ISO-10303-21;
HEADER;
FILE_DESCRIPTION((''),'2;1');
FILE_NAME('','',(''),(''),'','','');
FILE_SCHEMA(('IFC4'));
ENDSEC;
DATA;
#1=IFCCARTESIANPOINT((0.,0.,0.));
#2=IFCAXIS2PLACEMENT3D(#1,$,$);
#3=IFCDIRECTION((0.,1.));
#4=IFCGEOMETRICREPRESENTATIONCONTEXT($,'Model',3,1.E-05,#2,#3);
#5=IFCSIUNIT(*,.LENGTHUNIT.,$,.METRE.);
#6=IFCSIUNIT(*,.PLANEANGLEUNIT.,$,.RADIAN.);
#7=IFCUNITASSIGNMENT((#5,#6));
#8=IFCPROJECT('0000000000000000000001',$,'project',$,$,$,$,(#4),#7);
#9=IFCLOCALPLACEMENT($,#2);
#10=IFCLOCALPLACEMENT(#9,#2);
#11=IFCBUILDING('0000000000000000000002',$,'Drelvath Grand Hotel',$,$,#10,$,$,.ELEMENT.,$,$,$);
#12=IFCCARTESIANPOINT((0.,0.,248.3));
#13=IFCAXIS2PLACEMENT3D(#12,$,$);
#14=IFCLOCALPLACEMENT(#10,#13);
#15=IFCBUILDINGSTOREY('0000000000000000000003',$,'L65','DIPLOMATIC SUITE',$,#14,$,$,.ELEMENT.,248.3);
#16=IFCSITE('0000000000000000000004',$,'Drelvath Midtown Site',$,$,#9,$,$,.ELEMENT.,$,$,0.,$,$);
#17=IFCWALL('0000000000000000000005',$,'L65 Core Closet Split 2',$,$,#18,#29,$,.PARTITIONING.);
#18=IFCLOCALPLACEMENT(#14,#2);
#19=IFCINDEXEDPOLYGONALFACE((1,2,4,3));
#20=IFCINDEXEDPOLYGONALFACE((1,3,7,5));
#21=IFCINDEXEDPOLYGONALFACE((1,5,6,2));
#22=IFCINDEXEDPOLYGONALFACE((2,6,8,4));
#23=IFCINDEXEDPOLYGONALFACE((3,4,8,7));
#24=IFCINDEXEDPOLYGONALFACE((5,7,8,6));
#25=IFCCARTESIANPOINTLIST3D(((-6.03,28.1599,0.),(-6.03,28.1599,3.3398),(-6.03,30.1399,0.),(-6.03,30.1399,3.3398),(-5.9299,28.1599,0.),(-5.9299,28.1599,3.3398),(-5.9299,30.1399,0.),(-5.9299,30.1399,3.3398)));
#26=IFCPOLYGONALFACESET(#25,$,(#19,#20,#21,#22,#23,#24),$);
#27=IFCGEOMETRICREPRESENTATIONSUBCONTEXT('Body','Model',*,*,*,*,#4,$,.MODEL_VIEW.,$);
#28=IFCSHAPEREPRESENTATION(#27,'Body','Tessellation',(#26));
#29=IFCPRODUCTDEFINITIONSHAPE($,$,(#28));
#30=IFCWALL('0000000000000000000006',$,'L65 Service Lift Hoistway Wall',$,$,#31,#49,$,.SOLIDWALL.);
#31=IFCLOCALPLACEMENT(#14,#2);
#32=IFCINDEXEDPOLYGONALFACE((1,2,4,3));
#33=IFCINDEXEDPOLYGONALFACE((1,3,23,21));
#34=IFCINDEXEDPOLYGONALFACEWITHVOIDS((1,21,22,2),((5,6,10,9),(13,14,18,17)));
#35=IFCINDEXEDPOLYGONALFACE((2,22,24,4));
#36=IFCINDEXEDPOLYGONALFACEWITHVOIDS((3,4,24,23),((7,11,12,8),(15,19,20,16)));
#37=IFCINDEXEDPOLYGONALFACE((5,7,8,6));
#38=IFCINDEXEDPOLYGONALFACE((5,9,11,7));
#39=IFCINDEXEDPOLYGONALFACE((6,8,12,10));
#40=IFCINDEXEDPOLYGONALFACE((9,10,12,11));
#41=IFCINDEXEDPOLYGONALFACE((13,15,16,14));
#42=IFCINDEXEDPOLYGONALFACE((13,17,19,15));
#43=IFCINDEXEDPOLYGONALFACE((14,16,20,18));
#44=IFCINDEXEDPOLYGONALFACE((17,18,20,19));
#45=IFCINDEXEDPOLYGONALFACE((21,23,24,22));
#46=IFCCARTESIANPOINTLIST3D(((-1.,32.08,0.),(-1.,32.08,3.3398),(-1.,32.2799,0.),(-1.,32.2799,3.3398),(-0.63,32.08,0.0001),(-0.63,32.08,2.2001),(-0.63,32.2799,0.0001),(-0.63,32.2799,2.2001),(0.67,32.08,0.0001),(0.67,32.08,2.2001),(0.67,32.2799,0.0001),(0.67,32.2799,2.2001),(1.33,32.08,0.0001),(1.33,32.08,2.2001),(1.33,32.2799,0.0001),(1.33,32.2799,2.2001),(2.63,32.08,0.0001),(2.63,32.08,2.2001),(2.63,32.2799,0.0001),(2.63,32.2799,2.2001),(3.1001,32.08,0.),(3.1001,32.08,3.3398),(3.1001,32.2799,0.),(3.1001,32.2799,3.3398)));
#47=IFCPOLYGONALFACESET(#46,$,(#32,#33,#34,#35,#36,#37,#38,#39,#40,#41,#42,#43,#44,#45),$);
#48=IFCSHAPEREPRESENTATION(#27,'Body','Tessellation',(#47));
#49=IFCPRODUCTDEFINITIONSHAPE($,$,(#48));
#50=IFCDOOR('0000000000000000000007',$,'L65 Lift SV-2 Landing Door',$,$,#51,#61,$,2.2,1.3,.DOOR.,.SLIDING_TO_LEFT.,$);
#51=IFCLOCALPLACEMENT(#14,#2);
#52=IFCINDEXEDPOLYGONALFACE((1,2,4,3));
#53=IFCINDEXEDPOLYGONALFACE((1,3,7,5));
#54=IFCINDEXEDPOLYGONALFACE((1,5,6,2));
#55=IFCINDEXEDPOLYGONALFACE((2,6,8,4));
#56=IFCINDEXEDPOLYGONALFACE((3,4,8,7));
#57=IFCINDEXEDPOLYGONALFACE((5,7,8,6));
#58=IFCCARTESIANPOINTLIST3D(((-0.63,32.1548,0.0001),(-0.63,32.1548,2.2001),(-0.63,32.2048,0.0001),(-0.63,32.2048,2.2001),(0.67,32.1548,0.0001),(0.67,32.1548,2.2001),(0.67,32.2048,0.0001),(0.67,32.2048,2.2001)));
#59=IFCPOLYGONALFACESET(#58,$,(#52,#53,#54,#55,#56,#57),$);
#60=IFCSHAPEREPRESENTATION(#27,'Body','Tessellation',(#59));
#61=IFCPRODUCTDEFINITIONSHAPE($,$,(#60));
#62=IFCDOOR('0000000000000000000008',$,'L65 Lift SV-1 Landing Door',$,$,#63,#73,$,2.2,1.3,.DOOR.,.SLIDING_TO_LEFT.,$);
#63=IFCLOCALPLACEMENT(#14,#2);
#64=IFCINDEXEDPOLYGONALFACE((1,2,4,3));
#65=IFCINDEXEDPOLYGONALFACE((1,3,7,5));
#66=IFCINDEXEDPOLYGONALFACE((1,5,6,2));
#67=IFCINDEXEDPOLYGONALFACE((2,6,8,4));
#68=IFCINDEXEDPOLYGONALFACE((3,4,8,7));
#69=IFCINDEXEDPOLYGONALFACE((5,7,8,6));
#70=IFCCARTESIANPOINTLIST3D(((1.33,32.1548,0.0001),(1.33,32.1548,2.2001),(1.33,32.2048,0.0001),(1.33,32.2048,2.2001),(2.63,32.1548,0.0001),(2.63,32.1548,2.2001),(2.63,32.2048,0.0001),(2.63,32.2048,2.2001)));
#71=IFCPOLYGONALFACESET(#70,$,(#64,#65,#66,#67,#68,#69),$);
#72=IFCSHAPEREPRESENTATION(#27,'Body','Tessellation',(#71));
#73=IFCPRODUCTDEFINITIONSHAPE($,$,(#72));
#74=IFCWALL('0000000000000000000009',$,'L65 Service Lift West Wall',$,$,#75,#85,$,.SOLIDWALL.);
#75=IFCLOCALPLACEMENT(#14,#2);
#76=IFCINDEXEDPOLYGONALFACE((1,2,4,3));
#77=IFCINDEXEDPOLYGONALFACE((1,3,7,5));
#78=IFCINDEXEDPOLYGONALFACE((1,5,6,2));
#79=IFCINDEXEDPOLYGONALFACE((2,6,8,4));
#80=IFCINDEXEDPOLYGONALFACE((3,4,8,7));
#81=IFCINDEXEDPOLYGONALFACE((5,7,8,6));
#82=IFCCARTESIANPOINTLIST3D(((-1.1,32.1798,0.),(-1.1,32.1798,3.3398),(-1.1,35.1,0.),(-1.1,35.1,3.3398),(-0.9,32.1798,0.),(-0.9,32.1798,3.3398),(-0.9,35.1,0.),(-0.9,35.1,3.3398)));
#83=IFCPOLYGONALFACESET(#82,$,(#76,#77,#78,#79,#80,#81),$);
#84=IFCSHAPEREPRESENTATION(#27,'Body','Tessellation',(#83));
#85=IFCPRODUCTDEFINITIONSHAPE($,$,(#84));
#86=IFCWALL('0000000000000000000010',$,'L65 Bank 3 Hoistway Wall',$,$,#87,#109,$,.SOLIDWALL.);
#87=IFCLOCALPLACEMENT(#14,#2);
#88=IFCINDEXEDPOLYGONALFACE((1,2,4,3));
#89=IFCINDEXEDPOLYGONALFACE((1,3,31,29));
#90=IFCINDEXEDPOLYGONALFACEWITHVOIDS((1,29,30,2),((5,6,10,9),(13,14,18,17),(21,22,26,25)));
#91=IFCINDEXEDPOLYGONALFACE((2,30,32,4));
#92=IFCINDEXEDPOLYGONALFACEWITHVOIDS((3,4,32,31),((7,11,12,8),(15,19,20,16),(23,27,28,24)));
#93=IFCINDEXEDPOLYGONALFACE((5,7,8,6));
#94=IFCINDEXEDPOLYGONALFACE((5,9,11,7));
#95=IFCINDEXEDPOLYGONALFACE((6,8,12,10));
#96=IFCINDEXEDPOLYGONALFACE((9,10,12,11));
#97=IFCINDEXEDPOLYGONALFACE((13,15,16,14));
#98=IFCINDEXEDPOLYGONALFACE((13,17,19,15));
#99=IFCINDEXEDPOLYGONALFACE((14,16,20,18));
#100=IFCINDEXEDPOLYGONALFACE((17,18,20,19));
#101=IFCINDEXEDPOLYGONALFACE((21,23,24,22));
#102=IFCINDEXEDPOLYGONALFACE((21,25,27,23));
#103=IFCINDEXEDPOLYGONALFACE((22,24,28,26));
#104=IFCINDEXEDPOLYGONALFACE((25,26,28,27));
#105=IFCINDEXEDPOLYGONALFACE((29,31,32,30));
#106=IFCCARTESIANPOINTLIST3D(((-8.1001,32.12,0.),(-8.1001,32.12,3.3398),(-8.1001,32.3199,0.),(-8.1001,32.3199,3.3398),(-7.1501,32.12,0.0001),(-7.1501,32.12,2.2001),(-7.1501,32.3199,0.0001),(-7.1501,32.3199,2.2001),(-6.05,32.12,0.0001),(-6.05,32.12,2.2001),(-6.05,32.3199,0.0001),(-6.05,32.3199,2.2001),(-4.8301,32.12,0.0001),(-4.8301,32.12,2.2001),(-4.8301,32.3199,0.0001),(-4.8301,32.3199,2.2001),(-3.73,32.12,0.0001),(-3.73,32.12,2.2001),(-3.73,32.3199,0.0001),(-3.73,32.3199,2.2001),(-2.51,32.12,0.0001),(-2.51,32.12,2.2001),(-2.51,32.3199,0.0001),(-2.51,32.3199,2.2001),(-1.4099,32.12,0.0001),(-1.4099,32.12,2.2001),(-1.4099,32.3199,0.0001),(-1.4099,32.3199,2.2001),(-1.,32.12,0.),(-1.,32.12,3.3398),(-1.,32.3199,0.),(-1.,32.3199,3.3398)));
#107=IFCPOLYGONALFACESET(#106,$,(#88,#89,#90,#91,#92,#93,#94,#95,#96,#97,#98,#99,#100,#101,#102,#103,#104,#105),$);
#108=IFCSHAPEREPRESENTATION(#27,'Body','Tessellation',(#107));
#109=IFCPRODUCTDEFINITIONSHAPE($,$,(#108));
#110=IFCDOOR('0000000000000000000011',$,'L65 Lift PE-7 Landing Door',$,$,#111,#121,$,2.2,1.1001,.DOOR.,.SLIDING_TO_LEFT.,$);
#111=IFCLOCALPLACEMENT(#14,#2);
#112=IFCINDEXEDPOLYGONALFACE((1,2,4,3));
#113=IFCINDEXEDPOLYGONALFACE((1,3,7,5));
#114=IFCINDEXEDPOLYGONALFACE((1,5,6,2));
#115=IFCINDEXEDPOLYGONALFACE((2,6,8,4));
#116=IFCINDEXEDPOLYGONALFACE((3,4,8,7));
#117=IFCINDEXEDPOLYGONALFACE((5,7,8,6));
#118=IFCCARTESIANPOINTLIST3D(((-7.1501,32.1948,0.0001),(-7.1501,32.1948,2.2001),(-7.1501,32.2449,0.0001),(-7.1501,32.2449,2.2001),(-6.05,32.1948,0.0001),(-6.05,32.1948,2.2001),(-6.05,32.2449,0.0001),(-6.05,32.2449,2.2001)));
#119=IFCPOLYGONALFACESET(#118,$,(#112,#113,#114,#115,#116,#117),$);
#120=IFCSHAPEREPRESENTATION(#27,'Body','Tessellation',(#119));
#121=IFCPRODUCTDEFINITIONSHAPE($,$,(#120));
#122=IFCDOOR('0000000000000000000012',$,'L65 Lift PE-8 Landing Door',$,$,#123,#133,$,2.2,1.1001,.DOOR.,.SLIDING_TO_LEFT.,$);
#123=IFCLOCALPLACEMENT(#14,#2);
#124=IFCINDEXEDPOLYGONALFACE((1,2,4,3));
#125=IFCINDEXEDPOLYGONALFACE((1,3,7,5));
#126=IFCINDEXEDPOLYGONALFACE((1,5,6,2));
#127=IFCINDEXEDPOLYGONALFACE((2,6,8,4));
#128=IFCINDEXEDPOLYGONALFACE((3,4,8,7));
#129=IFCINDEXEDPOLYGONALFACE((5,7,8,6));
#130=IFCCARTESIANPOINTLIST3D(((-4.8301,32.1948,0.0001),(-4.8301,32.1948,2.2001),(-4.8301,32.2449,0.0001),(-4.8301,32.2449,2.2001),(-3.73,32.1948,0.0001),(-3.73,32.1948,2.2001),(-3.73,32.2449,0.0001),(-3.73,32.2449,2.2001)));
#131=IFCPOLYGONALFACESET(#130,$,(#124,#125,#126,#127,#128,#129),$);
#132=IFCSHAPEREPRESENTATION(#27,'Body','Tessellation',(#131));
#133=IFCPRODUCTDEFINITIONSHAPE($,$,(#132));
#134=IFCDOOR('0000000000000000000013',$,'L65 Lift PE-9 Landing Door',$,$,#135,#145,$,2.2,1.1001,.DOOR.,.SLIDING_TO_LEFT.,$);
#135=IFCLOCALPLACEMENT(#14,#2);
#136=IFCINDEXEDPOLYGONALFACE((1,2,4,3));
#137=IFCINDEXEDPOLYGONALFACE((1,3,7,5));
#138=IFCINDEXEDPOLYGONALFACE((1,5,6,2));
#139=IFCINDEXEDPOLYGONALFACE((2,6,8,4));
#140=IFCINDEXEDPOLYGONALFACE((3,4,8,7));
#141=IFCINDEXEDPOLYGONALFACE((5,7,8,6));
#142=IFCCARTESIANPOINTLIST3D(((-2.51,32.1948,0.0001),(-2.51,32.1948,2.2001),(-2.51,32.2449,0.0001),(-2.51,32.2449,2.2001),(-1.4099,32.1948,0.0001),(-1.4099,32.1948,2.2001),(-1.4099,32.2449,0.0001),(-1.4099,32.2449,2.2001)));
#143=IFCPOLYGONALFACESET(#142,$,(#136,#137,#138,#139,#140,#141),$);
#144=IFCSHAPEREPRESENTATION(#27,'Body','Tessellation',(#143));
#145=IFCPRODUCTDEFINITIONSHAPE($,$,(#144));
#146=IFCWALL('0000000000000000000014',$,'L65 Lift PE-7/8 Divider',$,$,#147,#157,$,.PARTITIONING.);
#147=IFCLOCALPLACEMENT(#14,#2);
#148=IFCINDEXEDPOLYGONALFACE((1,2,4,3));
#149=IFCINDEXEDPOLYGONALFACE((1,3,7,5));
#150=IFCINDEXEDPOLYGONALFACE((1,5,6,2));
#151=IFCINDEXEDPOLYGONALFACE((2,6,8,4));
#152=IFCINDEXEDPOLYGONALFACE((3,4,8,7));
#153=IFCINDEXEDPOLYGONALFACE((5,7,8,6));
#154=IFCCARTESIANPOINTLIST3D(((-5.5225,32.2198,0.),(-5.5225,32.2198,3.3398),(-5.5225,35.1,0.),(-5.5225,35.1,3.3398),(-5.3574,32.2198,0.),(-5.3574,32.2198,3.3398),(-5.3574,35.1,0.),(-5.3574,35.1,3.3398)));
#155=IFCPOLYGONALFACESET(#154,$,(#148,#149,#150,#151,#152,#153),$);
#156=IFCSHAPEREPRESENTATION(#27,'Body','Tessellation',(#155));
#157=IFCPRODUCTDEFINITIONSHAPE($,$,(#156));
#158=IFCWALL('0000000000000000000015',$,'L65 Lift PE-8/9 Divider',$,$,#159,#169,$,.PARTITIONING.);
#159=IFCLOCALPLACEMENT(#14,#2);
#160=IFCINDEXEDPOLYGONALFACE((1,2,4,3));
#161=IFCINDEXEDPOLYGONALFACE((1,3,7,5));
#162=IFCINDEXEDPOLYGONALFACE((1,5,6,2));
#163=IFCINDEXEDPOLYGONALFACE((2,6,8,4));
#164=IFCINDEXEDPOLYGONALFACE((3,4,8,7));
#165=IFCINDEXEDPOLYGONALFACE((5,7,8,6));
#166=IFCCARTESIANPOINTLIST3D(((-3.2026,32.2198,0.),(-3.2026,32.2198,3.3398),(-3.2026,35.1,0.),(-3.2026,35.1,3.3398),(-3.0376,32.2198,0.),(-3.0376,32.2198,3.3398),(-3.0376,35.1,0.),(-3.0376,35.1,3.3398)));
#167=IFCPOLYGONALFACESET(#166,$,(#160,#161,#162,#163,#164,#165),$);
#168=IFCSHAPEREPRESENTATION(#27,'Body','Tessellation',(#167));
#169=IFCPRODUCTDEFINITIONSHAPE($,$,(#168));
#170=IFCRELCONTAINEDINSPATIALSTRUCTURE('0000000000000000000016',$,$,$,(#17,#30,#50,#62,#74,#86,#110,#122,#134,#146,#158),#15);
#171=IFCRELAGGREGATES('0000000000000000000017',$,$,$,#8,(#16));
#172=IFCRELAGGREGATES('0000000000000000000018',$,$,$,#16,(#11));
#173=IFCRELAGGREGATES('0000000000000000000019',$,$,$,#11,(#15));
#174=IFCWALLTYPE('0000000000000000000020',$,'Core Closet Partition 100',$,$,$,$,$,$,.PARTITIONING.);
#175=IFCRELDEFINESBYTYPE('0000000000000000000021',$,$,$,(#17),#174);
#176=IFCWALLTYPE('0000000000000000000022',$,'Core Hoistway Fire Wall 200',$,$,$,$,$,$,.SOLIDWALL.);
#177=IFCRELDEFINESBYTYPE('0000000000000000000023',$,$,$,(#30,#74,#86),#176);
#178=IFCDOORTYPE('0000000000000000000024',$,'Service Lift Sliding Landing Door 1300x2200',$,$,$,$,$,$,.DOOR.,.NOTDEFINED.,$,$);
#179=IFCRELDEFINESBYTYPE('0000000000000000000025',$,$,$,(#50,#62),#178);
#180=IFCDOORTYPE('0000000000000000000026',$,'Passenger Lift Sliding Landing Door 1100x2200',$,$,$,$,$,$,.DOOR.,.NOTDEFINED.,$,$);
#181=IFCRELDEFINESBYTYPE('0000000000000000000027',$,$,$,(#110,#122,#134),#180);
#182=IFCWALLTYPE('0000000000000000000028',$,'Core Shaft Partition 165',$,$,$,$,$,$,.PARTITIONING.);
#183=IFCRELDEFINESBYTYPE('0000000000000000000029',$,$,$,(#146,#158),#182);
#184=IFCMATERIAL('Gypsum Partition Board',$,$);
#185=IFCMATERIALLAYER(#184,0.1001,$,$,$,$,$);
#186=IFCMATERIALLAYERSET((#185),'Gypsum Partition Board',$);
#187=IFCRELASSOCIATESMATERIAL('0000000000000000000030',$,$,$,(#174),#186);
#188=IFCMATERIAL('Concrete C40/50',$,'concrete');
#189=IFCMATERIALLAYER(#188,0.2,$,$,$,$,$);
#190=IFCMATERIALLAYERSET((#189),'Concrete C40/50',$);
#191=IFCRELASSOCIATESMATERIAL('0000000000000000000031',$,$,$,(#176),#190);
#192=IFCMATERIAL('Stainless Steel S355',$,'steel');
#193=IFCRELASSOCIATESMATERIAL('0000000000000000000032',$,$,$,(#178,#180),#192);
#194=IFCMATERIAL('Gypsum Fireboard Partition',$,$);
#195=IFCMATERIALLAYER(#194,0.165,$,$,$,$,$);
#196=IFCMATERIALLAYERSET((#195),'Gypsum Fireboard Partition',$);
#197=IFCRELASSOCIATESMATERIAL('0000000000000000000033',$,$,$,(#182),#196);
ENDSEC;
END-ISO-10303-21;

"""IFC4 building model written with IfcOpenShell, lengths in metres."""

from ifc_helpers import new_model, si_unit, direction, frame, frame_2d, origin, place, context, subcontext, project, spatial, rectangle, extrude, material, layer, layer_set, type_object, element, fill, save


model = new_model("IFC4")

# Units and contexts
model_context = context("Model", 3, precision=1e-05, world=origin(), true_north=direction((0.0, 1.0)))
body_context = subcontext(model_context, "Body", "Model", "MODEL_VIEW")
ifc_project = project(units=[si_unit("LENGTHUNIT", "METRE"), si_unit("PLANEANGLEUNIT", "RADIAN")], contexts=[model_context])

# Site, building, storey
site_placement = place(None, origin())
site = spatial("IfcSite", under=ifc_project, at=site_placement, Name="Drelvath Midtown Site", CompositionType="ELEMENT", RefElevation=0.0)
building_placement = place(site_placement, origin())
building = spatial("IfcBuilding", under=site, at=building_placement, Name="Drelvath Grand Hotel", CompositionType="ELEMENT")
storey_placement = place(building_placement, frame((0.0, 0.0, 248.3)))
storey = spatial("IfcBuildingStorey", under=building, at=storey_placement, Name="L65", Description="DIPLOMATIC SUITE", CompositionType="ELEMENT", Elevation=248.3)

# Wall
ifc_material_1 = material(Name="Gypsum Partition Board")
ifc_layer_1 = layer(ifc_material_1, 0.1001)
ifc_layer_set_1 = layer_set([ifc_layer_1], Name="Gypsum Partition Board")
wall_type_1 = type_object("IfcWallType", Name="Core Closet Partition 100", PredefinedType="PARTITIONING", material=ifc_layer_set_1)
wall_1_placement = place(storey_placement, frame((-5.98, 28.1599, 0.0), z_axis=(0.0, 0.0, 1.0), x_axis=(0.0, 1.0, 0.0)))
element("IfcWall", 1, at=wall_1_placement, inside=storey, type_object=wall_type_1, Name="L65 Core Closet Split 2", PredefinedType="PARTITIONING", context=body_context, shape_type="SweptSolid", body=[
    extrude(rectangle(XDim=1.98, YDim=0.1001, at=frame_2d((0.99, 0.0))), origin(), (0.0, 0.0, 1.0), 3.3398),
])

# Wall, openings, doors
ifc_material_2 = material(Name="Concrete C40/50", Category="concrete")
ifc_layer_2 = layer(ifc_material_2, 0.2)
ifc_layer_set_2 = layer_set([ifc_layer_2], Name="Concrete C40/50")
wall_type_2 = type_object("IfcWallType", Name="Core Hoistway Fire Wall 200", PredefinedType="SOLIDWALL", material=ifc_layer_set_2)
wall_2_placement = place(storey_placement, frame((-1.0, 32.1799, 0.0), z_axis=(0.0, 0.0, 1.0), x_axis=(1.0, 0.0, 0.0)))
wall_2 = element("IfcWall", 2, at=wall_2_placement, inside=storey, type_object=wall_type_2, Name="L65 Service Lift Hoistway Wall", PredefinedType="SOLIDWALL", context=body_context, shape_type="SweptSolid", body=[
    extrude(rectangle(XDim=4.1001, YDim=0.2, at=frame_2d((2.05, 0.0))), origin(), (0.0, 0.0, 1.0), 3.3398),
])
opening_1_placement = place(wall_2_placement, frame((0.3701, 0.0, 0.0)))
opening_1 = element("IfcOpeningElement", 3, at=opening_1_placement, cuts=wall_2, PredefinedType="OPENING", context=body_context, shape_type="SweptSolid", body=[
    extrude(rectangle(XDim=1.3, YDim=2.2, at=frame_2d((0.6499, 1.1001))), frame((0.0, 0.1099, 0.0), z_axis=(0.0, -1.0, 0.0), x_axis=(1.0, 0.0, 0.0)), (0.0, 0.0, 1.0), 0.22),
])
opening_2_placement = place(wall_2_placement, frame((2.3301, 0.0, 0.0)))
opening_2 = element("IfcOpeningElement", 4, at=opening_2_placement, cuts=wall_2, PredefinedType="OPENING", context=body_context, shape_type="SweptSolid", body=[
    extrude(rectangle(XDim=1.3, YDim=2.2, at=frame_2d((0.6499, 1.1001))), frame((0.0, 0.1099, 0.0), z_axis=(0.0, -1.0, 0.0), x_axis=(1.0, 0.0, 0.0)), (0.0, 0.0, 1.0), 0.22),
])
ifc_material_3 = material(Name="Stainless Steel S355", Category="steel")
door_type_1 = type_object("IfcDoorType", Name="Service Lift Sliding Landing Door 1300x2200", OperationType="NOTDEFINED", PredefinedType="DOOR", material=ifc_material_3)
door_1_placement = place(opening_1_placement, origin())
door_1 = element("IfcDoor", 5, at=door_1_placement, inside=storey, type_object=door_type_1, Name="L65 Lift SV-2 Landing Door", OperationType="SLIDING_TO_LEFT", OverallHeight=2.2, OverallWidth=1.3, PredefinedType="DOOR", context=body_context, shape_type="SweptSolid", body=[
    extrude(rectangle(XDim=1.3, YDim=2.2, at=frame_2d((0.6499, 1.1001))), frame((0.0, 0.0249, 0.0), z_axis=(0.0, -1.0, 0.0), x_axis=(1.0, 0.0, 0.0)), (0.0, 0.0, 1.0), 0.05),
])
fill(opening_1, door_1)
door_2_placement = place(opening_2_placement, origin())
door_2 = element("IfcDoor", 6, at=door_2_placement, inside=storey, type_object=door_type_1, Name="L65 Lift SV-1 Landing Door", OperationType="SLIDING_TO_LEFT", OverallHeight=2.2, OverallWidth=1.3, PredefinedType="DOOR", context=body_context, shape_type="SweptSolid", body=[
    extrude(rectangle(XDim=1.3, YDim=2.2, at=frame_2d((0.6499, 1.1001))), frame((0.0, 0.0249, 0.0), z_axis=(0.0, -1.0, 0.0), x_axis=(1.0, 0.0, 0.0)), (0.0, 0.0, 1.0), 0.05),
])
fill(opening_2, door_2)

# Wall
wall_3_placement = place(storey_placement, frame((-1.0, 32.1799, 0.0), z_axis=(0.0, 0.0, 1.0), x_axis=(0.0, 1.0, 0.0)))
element("IfcWall", 7, at=wall_3_placement, inside=storey, type_object=wall_type_2, Name="L65 Service Lift West Wall", PredefinedType="SOLIDWALL", context=body_context, shape_type="SweptSolid", body=[
    extrude(rectangle(XDim=2.9202, YDim=0.2, at=frame_2d((1.46, 0.0))), origin(), (0.0, 0.0, 1.0), 3.3398),
])

# Wall, openings, doors
wall_4_placement = place(storey_placement, frame((-8.1001, 32.22, 0.0), z_axis=(0.0, 0.0, 1.0), x_axis=(1.0, 0.0, 0.0)))
wall_4 = element("IfcWall", 8, at=wall_4_placement, inside=storey, type_object=wall_type_2, Name="L65 Bank 3 Hoistway Wall", PredefinedType="SOLIDWALL", context=body_context, shape_type="SweptSolid", body=[
    extrude(rectangle(XDim=7.1001, YDim=0.2, at=frame_2d((3.55, 0.0))), origin(), (0.0, 0.0, 1.0), 3.3398),
])
opening_3_placement = place(wall_4_placement, frame((0.95, 0.0, 0.0)))
opening_3 = element("IfcOpeningElement", 9, at=opening_3_placement, cuts=wall_4, PredefinedType="OPENING", context=body_context, shape_type="SweptSolid", body=[
    extrude(rectangle(XDim=1.1001, YDim=2.2, at=frame_2d((0.55, 1.1001))), frame((0.0, 0.1099, 0.0), z_axis=(0.0, -1.0, 0.0), x_axis=(1.0, 0.0, 0.0)), (0.0, 0.0, 1.0), 0.22),
])
opening_4_placement = place(wall_4_placement, frame((3.27, 0.0, 0.0)))
opening_4 = element("IfcOpeningElement", 10, at=opening_4_placement, cuts=wall_4, PredefinedType="OPENING", context=body_context, shape_type="SweptSolid", body=[
    extrude(rectangle(XDim=1.1001, YDim=2.2, at=frame_2d((0.55, 1.1001))), frame((0.0, 0.1099, 0.0), z_axis=(0.0, -1.0, 0.0), x_axis=(1.0, 0.0, 0.0)), (0.0, 0.0, 1.0), 0.22),
])
opening_5_placement = place(wall_4_placement, frame((5.5901, 0.0, 0.0)))
opening_5 = element("IfcOpeningElement", 11, at=opening_5_placement, cuts=wall_4, PredefinedType="OPENING", context=body_context, shape_type="SweptSolid", body=[
    extrude(rectangle(XDim=1.1001, YDim=2.2, at=frame_2d((0.55, 1.1001))), frame((0.0, 0.1099, 0.0), z_axis=(0.0, -1.0, 0.0), x_axis=(1.0, 0.0, 0.0)), (0.0, 0.0, 1.0), 0.22),
])
door_type_2 = type_object("IfcDoorType", Name="Passenger Lift Sliding Landing Door 1100x2200", OperationType="NOTDEFINED", PredefinedType="DOOR", material=ifc_material_3)
door_3_placement = place(opening_3_placement, origin())
door_3 = element("IfcDoor", 12, at=door_3_placement, inside=storey, type_object=door_type_2, Name="L65 Lift PE-7 Landing Door", OperationType="SLIDING_TO_LEFT", OverallHeight=2.2, OverallWidth=1.1001, PredefinedType="DOOR", context=body_context, shape_type="SweptSolid", body=[
    extrude(rectangle(XDim=1.1001, YDim=2.2, at=frame_2d((0.55, 1.1001))), frame((0.0, 0.0249, 0.0), z_axis=(0.0, -1.0, 0.0), x_axis=(1.0, 0.0, 0.0)), (0.0, 0.0, 1.0), 0.05),
])
fill(opening_3, door_3)
door_4_placement = place(opening_4_placement, origin())
door_4 = element("IfcDoor", 13, at=door_4_placement, inside=storey, type_object=door_type_2, Name="L65 Lift PE-8 Landing Door", OperationType="SLIDING_TO_LEFT", OverallHeight=2.2, OverallWidth=1.1001, PredefinedType="DOOR", context=body_context, shape_type="SweptSolid", body=[
    extrude(rectangle(XDim=1.1001, YDim=2.2, at=frame_2d((0.55, 1.1001))), frame((0.0, 0.0249, 0.0), z_axis=(0.0, -1.0, 0.0), x_axis=(1.0, 0.0, 0.0)), (0.0, 0.0, 1.0), 0.05),
])
fill(opening_4, door_4)
door_5_placement = place(opening_5_placement, origin())
door_5 = element("IfcDoor", 14, at=door_5_placement, inside=storey, type_object=door_type_2, Name="L65 Lift PE-9 Landing Door", OperationType="SLIDING_TO_LEFT", OverallHeight=2.2, OverallWidth=1.1001, PredefinedType="DOOR", context=body_context, shape_type="SweptSolid", body=[
    extrude(rectangle(XDim=1.1001, YDim=2.2, at=frame_2d((0.55, 1.1001))), frame((0.0, 0.0249, 0.0), z_axis=(0.0, -1.0, 0.0), x_axis=(1.0, 0.0, 0.0)), (0.0, 0.0, 1.0), 0.05),
])
fill(opening_5, door_5)

# Walls
ifc_material_4 = material(Name="Gypsum Fireboard Partition")
ifc_layer_3 = layer(ifc_material_4, 0.165)
ifc_layer_set_3 = layer_set([ifc_layer_3], Name="Gypsum Fireboard Partition")
wall_type_3 = type_object("IfcWallType", Name="Core Shaft Partition 165", PredefinedType="PARTITIONING", material=ifc_layer_set_3)
for number, where, z_axis, x_axis, name in (
    (15, (-5.4399, 32.22, 0.0), (0.0, 0.0, 1.0), (0.0, 1.0, 0.0), "L65 Lift PE-7/8 Divider"),
    (16, (-3.1201, 32.22, 0.0), (0.0, 0.0, 1.0), (0.0, 1.0, 0.0), "L65 Lift PE-8/9 Divider"),
):
    element("IfcWall", number, at=place(storey_placement, frame(where, z_axis=z_axis, x_axis=x_axis)), inside=storey, type_object=wall_type_3, Name=name, PredefinedType="PARTITIONING", context=body_context, shape_type="SweptSolid", body=[
        extrude(rectangle(XDim=2.8801, YDim=0.165, at=frame_2d((1.4399, 0.0))), origin(), (0.0, 0.0, 1.0), 3.3398),
    ])

save(model, "model.ifc")
